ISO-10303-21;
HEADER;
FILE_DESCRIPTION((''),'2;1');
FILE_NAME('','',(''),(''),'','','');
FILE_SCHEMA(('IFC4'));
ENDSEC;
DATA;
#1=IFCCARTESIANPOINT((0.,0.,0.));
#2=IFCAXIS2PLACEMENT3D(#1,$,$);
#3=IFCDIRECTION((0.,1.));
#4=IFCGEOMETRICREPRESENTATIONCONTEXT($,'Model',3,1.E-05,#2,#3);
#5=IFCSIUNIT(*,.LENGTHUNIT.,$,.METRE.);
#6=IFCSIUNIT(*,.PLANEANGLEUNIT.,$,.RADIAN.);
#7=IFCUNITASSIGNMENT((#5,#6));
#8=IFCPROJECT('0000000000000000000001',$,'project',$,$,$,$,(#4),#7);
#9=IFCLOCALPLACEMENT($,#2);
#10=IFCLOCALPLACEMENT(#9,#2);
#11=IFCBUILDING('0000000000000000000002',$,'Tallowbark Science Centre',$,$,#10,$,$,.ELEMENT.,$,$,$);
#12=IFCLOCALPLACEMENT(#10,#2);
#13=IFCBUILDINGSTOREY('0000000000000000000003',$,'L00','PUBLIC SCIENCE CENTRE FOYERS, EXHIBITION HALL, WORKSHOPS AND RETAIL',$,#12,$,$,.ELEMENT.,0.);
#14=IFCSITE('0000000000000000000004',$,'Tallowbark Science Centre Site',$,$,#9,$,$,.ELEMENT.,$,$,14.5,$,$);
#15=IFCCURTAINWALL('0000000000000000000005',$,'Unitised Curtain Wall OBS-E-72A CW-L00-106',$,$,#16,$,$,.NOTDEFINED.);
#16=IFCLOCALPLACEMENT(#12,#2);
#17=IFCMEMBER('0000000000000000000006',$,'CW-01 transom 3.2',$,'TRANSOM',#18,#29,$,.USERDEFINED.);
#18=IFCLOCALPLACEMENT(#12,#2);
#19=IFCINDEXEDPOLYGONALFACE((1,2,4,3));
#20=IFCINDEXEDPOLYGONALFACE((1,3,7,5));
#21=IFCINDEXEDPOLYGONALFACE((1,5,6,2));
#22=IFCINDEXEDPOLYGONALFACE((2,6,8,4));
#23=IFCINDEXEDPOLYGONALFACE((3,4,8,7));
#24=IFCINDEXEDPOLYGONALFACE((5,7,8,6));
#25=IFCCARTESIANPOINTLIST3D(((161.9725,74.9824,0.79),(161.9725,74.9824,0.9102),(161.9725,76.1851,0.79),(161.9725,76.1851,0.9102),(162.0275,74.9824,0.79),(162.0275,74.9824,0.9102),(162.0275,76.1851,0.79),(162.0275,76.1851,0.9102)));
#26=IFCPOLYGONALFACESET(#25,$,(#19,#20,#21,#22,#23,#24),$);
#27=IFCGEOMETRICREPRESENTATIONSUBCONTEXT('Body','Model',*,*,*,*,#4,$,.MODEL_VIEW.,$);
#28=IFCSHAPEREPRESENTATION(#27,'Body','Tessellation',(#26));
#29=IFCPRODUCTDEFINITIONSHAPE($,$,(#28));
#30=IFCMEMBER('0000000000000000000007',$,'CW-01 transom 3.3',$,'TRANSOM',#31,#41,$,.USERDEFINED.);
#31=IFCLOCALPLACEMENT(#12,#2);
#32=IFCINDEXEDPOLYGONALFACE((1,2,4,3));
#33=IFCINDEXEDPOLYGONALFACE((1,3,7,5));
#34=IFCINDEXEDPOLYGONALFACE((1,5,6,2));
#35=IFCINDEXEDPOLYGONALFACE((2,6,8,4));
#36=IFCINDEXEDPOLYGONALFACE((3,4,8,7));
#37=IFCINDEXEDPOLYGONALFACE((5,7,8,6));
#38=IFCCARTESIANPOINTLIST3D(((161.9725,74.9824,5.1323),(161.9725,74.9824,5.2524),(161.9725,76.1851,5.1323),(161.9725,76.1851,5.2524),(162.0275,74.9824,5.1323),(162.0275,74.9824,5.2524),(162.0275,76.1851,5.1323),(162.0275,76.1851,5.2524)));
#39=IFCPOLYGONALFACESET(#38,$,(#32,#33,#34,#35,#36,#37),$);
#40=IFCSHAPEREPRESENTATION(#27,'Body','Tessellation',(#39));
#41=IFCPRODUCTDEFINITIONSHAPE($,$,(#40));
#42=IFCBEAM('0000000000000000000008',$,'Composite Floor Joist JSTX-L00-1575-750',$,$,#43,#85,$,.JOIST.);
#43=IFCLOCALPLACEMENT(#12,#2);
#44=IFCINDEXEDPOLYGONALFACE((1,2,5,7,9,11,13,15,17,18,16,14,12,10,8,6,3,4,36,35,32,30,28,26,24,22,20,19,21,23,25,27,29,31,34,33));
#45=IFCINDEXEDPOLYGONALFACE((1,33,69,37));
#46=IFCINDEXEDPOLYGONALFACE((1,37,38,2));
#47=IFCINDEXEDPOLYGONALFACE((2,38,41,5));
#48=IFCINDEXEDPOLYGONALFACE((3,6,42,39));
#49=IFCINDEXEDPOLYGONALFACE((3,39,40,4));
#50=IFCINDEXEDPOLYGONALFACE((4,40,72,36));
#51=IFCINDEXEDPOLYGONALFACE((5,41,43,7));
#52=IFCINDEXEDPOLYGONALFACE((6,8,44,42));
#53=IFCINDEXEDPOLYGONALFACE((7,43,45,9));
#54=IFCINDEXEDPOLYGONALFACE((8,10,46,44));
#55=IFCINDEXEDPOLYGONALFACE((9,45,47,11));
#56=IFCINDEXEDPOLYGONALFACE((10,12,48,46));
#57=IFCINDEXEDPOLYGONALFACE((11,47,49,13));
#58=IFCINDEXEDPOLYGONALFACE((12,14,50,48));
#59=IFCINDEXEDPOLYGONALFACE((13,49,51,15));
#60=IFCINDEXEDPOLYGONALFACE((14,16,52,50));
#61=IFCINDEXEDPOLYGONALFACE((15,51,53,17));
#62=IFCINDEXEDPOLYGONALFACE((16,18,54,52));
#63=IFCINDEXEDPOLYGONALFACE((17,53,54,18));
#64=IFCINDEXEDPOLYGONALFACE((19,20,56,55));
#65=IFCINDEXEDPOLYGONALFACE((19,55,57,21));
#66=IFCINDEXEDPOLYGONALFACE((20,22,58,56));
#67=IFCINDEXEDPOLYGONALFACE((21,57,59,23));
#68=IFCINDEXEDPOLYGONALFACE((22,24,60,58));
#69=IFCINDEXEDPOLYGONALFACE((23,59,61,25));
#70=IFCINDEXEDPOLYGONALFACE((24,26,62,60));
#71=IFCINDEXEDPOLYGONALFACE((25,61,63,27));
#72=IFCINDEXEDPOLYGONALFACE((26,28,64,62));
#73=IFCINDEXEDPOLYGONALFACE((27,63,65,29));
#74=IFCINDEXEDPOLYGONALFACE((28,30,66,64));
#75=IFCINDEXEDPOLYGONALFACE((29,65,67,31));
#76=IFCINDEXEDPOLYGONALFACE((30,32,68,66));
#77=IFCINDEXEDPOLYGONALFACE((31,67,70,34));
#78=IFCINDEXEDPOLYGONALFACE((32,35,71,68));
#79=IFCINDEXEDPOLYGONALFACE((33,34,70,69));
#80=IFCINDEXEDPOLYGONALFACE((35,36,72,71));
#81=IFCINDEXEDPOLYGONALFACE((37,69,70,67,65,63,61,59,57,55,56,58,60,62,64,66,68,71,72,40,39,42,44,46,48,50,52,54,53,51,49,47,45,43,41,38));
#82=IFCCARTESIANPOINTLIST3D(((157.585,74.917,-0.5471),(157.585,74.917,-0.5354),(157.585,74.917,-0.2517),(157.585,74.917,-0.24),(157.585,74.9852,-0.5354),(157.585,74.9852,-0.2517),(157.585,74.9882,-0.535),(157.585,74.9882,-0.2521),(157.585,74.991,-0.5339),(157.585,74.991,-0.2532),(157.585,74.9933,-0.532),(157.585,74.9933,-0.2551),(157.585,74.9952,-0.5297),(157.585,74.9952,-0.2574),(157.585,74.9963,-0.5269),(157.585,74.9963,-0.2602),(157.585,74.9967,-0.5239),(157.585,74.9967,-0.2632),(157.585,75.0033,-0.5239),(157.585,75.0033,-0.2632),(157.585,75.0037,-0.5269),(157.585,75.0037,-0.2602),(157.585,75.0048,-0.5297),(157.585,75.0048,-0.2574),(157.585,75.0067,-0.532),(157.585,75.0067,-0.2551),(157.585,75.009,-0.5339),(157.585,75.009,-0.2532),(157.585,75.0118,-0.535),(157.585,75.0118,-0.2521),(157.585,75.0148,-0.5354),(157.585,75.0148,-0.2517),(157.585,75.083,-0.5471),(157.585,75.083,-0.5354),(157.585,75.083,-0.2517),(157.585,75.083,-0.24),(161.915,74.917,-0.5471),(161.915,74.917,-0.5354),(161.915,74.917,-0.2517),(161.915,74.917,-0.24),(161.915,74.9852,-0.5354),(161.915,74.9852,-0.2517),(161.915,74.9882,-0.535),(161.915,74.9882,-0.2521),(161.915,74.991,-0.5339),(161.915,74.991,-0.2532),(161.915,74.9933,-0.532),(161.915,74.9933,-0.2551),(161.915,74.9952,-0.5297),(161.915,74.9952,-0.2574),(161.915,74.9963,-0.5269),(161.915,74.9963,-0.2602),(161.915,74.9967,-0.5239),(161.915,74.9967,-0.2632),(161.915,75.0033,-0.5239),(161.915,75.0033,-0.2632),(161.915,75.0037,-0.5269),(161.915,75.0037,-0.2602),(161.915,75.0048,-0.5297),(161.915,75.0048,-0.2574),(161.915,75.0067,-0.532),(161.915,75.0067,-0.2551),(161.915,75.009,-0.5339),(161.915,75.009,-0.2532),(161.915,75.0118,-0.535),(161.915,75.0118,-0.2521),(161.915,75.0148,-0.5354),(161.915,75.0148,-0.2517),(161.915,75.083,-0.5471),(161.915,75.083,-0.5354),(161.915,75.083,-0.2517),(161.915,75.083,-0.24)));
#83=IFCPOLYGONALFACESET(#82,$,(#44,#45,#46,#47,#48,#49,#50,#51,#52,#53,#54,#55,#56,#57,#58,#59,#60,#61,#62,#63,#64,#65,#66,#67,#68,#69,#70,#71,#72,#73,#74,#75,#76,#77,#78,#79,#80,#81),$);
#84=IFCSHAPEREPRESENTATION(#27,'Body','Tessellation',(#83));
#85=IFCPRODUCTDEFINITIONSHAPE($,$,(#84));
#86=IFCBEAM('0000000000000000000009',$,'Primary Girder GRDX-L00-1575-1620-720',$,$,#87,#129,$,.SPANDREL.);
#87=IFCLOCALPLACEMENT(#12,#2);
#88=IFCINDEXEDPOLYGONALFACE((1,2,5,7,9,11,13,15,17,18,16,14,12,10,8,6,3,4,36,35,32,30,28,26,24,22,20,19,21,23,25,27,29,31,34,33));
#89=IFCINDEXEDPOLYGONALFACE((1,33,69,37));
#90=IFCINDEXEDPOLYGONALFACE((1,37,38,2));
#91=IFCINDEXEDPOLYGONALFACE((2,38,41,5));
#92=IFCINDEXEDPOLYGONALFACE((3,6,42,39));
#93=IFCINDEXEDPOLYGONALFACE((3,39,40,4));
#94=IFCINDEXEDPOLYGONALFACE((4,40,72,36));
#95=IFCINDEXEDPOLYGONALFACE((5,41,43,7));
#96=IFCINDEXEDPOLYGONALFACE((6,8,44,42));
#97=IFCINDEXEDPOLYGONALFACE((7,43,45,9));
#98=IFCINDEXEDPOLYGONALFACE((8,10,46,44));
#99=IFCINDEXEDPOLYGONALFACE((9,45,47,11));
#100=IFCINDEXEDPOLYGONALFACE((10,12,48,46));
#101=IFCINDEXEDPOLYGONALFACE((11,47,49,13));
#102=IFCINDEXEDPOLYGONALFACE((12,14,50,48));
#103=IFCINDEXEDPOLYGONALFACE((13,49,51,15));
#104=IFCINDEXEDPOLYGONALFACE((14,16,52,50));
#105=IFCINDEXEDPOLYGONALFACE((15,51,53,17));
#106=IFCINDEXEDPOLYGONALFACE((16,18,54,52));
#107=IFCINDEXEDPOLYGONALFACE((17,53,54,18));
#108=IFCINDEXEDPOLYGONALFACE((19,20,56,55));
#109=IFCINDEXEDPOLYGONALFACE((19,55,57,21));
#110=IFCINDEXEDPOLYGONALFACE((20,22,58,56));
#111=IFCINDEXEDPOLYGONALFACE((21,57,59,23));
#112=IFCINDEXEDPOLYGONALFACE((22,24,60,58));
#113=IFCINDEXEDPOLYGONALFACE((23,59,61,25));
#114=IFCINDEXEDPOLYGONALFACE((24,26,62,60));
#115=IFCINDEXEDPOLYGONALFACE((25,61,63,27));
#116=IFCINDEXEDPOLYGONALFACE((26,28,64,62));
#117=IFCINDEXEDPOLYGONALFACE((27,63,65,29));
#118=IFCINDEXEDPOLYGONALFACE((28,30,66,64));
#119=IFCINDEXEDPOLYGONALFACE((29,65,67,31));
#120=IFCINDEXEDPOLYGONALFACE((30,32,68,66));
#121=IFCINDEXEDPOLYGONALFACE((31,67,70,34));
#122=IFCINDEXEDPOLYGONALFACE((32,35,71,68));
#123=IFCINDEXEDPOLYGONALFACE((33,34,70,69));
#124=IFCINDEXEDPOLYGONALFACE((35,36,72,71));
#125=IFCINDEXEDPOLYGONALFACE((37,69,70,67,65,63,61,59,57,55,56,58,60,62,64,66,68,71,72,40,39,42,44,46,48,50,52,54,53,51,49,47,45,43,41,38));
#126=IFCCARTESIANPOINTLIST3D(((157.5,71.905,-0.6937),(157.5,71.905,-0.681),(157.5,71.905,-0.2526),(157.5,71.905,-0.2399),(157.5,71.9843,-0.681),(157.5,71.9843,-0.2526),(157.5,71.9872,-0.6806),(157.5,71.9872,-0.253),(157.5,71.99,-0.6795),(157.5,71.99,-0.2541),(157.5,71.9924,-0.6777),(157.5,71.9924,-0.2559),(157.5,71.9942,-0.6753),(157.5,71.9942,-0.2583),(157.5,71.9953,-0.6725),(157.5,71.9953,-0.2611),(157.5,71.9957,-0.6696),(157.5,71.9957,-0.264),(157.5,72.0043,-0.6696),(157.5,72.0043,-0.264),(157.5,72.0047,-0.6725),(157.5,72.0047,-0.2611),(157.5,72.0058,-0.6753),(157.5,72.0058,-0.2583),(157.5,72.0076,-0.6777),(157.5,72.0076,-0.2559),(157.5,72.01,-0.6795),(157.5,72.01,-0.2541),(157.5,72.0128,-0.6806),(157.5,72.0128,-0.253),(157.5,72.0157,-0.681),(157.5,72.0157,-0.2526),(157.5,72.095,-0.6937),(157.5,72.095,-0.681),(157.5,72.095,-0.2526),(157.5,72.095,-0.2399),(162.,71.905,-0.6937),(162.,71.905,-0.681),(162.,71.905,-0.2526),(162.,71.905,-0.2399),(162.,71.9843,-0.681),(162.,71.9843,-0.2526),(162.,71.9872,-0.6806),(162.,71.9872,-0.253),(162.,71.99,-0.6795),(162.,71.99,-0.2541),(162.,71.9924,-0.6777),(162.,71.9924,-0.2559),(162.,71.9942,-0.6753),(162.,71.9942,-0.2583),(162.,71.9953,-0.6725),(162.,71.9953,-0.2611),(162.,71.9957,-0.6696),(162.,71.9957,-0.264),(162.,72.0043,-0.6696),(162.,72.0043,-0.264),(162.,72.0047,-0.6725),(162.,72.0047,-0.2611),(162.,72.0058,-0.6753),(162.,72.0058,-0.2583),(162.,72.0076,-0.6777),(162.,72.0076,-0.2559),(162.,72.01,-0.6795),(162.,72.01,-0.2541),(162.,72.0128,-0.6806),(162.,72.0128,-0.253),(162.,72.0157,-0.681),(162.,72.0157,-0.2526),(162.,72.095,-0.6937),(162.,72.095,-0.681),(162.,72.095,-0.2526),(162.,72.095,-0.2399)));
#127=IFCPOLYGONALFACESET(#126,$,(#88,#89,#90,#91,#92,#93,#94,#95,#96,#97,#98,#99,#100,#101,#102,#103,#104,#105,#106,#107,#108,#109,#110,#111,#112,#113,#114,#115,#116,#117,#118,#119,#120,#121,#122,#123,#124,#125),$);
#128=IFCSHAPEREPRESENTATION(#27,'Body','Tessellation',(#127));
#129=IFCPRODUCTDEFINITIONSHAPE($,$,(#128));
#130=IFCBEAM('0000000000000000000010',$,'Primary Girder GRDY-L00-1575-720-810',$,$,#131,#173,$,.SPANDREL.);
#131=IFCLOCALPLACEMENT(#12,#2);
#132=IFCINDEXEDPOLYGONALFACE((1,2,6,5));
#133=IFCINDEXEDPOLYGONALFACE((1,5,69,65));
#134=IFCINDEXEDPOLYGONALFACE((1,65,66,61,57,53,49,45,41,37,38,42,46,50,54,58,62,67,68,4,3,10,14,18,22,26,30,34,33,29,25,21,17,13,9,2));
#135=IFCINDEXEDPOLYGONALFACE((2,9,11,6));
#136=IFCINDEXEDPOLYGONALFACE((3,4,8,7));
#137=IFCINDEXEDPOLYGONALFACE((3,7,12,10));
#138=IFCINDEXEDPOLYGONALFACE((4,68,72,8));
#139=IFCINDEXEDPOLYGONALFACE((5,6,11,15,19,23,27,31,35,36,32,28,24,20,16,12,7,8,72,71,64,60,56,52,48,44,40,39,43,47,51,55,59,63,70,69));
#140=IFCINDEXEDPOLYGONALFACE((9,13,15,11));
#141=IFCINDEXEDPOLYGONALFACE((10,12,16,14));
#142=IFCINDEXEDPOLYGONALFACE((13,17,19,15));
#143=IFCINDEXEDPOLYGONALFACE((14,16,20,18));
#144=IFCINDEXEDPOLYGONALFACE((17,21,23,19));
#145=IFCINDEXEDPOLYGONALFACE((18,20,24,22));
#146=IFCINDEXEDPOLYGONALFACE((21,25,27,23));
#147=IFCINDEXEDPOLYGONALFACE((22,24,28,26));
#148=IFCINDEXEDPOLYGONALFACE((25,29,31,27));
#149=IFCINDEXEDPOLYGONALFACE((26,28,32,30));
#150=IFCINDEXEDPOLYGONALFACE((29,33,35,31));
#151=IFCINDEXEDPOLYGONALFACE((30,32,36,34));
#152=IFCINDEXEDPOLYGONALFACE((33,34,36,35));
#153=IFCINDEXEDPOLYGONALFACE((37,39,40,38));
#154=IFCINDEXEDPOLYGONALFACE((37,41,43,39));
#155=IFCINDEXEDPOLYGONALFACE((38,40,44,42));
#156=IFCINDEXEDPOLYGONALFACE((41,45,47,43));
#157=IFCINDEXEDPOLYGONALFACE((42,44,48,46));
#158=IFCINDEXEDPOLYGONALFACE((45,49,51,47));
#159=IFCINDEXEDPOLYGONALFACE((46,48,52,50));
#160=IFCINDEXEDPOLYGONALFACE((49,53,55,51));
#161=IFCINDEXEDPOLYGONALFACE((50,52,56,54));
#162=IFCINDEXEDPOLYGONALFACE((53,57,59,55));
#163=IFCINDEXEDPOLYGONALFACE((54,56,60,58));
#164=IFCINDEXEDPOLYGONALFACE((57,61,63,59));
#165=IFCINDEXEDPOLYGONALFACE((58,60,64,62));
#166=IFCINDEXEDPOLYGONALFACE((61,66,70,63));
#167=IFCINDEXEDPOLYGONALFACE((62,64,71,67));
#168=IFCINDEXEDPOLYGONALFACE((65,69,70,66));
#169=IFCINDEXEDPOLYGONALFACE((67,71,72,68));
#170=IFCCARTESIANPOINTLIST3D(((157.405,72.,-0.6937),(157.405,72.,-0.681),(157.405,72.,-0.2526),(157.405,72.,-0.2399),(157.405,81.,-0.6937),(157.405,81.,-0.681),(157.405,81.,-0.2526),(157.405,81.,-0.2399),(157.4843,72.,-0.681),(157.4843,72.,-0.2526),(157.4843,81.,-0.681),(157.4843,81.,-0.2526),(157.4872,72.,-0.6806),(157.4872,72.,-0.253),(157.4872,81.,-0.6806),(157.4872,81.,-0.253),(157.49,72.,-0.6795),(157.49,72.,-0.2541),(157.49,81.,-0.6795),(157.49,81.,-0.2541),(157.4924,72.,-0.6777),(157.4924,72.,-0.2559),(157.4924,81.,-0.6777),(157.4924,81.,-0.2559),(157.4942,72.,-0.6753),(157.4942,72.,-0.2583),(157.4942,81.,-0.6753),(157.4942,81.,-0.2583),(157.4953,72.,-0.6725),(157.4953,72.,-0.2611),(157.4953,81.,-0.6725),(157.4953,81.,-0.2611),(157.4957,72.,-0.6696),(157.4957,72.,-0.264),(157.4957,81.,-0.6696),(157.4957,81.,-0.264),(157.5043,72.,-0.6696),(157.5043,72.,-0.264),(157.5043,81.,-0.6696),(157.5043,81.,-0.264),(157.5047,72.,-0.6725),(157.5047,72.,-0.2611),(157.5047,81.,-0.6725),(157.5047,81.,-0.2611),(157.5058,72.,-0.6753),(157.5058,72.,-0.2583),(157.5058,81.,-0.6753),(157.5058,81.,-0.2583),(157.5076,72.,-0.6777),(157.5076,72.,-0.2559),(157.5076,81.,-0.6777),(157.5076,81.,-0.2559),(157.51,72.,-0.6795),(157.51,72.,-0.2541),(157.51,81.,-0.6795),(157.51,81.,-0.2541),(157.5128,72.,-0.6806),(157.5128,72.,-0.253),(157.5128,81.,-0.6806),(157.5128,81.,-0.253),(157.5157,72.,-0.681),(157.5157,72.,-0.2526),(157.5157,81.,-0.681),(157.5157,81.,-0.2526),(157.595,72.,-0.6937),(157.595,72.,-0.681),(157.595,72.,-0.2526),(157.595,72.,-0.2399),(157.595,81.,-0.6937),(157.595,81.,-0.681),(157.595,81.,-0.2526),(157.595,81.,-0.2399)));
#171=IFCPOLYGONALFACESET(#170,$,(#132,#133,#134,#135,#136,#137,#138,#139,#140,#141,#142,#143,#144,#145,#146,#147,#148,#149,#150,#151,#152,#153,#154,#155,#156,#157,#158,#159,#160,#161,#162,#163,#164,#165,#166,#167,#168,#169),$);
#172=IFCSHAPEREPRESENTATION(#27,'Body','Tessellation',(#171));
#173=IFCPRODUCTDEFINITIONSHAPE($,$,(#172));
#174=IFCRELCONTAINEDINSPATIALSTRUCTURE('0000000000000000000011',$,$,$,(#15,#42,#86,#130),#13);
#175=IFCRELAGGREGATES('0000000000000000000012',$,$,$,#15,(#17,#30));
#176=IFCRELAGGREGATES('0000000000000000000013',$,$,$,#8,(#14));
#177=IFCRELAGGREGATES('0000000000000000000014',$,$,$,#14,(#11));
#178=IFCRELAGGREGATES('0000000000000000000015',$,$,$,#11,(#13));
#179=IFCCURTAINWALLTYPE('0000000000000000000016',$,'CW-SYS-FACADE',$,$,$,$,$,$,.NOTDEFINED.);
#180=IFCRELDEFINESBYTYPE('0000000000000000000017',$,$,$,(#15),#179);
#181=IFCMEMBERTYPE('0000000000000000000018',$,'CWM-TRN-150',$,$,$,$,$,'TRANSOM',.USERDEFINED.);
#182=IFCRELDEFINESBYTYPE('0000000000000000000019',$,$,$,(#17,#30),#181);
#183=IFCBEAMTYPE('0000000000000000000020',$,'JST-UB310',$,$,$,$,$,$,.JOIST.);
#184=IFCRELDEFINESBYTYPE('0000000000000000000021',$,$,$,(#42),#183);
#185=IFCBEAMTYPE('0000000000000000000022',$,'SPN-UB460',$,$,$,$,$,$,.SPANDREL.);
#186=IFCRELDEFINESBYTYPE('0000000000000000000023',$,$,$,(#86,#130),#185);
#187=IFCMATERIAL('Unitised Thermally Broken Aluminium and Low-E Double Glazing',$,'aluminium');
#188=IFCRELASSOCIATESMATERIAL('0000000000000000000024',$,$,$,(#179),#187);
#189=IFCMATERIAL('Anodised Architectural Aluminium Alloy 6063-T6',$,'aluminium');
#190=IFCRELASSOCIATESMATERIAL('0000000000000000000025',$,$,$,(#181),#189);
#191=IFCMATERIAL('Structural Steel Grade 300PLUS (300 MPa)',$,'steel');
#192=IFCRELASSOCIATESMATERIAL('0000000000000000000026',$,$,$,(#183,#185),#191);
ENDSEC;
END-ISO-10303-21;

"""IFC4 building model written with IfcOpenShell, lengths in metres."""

from ifc_helpers import new_model, si_unit, direction, frame, origin, origin_2d, place, context, subcontext, project, spatial, rectangle, i_section, extrude, material, material_profile, profile_set, type_object, element, aggregate, save


model = new_model("IFC4")

# Units and contexts
model_context = context("Model", 3, precision=1e-05, world=origin(), true_north=direction((0.0, 1.0)))
body_context = subcontext(model_context, "Body", "Model", "MODEL_VIEW")
ifc_project = project(units=[si_unit("LENGTHUNIT", "METRE"), si_unit("PLANEANGLEUNIT", "RADIAN")], contexts=[model_context])

# Site, building, storey
site_placement = place(None, origin())
site = spatial("IfcSite", under=ifc_project, at=site_placement, Name="Tallowbark Science Centre Site", CompositionType="ELEMENT", RefElevation=14.5)
building_placement = place(site_placement, origin())
building = spatial("IfcBuilding", under=site, at=building_placement, Name="Tallowbark Science Centre", CompositionType="ELEMENT")
storey_placement = place(building_placement, origin())
storey = spatial("IfcBuildingStorey", under=building, at=storey_placement, Name="L00", Description="PUBLIC SCIENCE CENTRE FOYERS, EXHIBITION HALL, WORKSHOPS AND RETAIL", CompositionType="ELEMENT", Elevation=0.0)

# Shared definitions
ifc_material_1 = material(Name="Structural Steel Grade 300PLUS (300 MPa)", Category="steel")

# Curtain wall, members
ifc_material_2 = material(Name="Unitised Thermally Broken Aluminium and Low-E Double Glazing", Category="aluminium")
curtain_wall_type = type_object("IfcCurtainWallType", Name="CW-SYS-FACADE", PredefinedType="NOTDEFINED", material=ifc_material_2)
curtain_wall_placement = place(storey_placement, origin())
curtain_wall = element("IfcCurtainWall", 1, at=curtain_wall_placement, inside=storey, type_object=curtain_wall_type, Name="Unitised Curtain Wall OBS-E-72A CW-L00-106", PredefinedType="NOTDEFINED")
ifc_material_3 = material(Name="Anodised Architectural Aluminium Alloy 6063-T6", Category="aluminium")
ifc_material_profile_1 = material_profile(ifc_material_3, rectangle(XDim=0.0549, YDim=0.1201, at=origin_2d()), Name="ALU55x120")
ifc_profile_set_1 = profile_set([ifc_material_profile_1], Name="Anodised Architectural Aluminium Alloy 6063-T6")
member_type_1 = type_object("IfcMemberType", Name="CWM-TRN-150", ElementType="TRANSOM", PredefinedType="USERDEFINED", material=ifc_profile_set_1)
member_1_placement = place(storey_placement, frame((162.0, 74.9824, 0.8501), z_axis=(0.0, 1.0, 0.0), x_axis=(-1.0, 0.0, 0.0)))
member_1 = element("IfcMember", 2, at=member_1_placement, type_object=member_type_1, Name="CW-01 transom 3.2", ObjectType="TRANSOM", PredefinedType="USERDEFINED", context=body_context, shape_type="SweptSolid", body=[
    extrude(rectangle(XDim=0.0549, YDim=0.1201, at=origin_2d()), origin(), (0.0, 0.0, 1.0), 1.2026),
])
member_2_placement = place(storey_placement, frame((162.0, 74.9824, 5.1924), z_axis=(0.0, 1.0, 0.0), x_axis=(-1.0, 0.0, 0.0)))
member_2 = element("IfcMember", 3, at=member_2_placement, type_object=member_type_1, Name="CW-01 transom 3.3", ObjectType="TRANSOM", PredefinedType="USERDEFINED", context=body_context, shape_type="SweptSolid", body=[
    extrude(rectangle(XDim=0.0549, YDim=0.1201, at=origin_2d()), origin(), (0.0, 0.0, 1.0), 1.2026),
])

# Beams
ifc_material_profile_2 = material_profile(ifc_material_1, i_section(OverallWidth=0.166, OverallDepth=0.3071, WebThickness=0.0066, FlangeThickness=0.0117, FilletRadius=0.0115, at=origin_2d()), Name="310UB46.2")
ifc_profile_set_2 = profile_set([ifc_material_profile_2], Name="Structural Steel Grade 300PLUS (300 MPa)")
beam_type_1 = type_object("IfcBeamType", Name="JST-UB310", PredefinedType="JOIST", material=ifc_profile_set_2)
beam_1_placement = place(storey_placement, frame((157.585, 75.0, -0.3936), z_axis=(1.0, 0.0, 0.0), x_axis=(0.0, 1.0, 0.0)))
element("IfcBeam", 4, at=beam_1_placement, inside=storey, type_object=beam_type_1, Name="Composite Floor Joist JSTX-L00-1575-750", PredefinedType="JOIST", context=body_context, shape_type="SweptSolid", body=[
    extrude(i_section(OverallWidth=0.166, OverallDepth=0.3071, WebThickness=0.0066, FlangeThickness=0.0117, FilletRadius=0.0115, at=origin_2d()), origin(), (0.0, 0.0, 1.0), 4.3301),
])
ifc_material_profile_3 = material_profile(ifc_material_1, i_section(OverallWidth=0.1899, OverallDepth=0.4539, WebThickness=0.0085, FlangeThickness=0.0127, FilletRadius=0.0115, at=origin_2d()), Name="460UB67.1")
ifc_profile_set_3 = profile_set([ifc_material_profile_3], Name="Structural Steel Grade 300PLUS (300 MPa)")
beam_type_2 = type_object("IfcBeamType", Name="SPN-UB460", PredefinedType="SPANDREL", material=ifc_profile_set_3)
beam_2_placement = place(storey_placement, frame((157.5, 72.0, -0.4668), z_axis=(1.0, 0.0, 0.0), x_axis=(0.0, 1.0, 0.0)))
element("IfcBeam", 5, at=beam_2_placement, inside=storey, type_object=beam_type_2, Name="Primary Girder GRDX-L00-1575-1620-720", PredefinedType="SPANDREL", context=body_context, shape_type="SweptSolid", body=[
    extrude(i_section(OverallWidth=0.1899, OverallDepth=0.4539, WebThickness=0.0085, FlangeThickness=0.0127, FilletRadius=0.0115, at=origin_2d()), origin(), (0.0, 0.0, 1.0), 4.5),
])
for number, where, z_axis, x_axis, name in (
    (6, (157.5, 72.0, -0.4668), (0.0, 1.0, 0.0), (-1.0, 0.0, 0.0), "Primary Girder GRDY-L00-1575-720-810"),
):
    element("IfcBeam", number, at=place(storey_placement, frame(where, z_axis=z_axis, x_axis=x_axis)), inside=storey, type_object=beam_type_2, Name=name, PredefinedType="SPANDREL", context=body_context, shape_type="SweptSolid", body=[
        extrude(i_section(OverallWidth=0.1899, OverallDepth=0.4539, WebThickness=0.0085, FlangeThickness=0.0127, FilletRadius=0.0115, at=origin_2d()), origin(), (0.0, 0.0, 1.0), 9.0),
    ])

aggregate(curtain_wall, [member_1, member_2])

save(model, "model.ifc")
